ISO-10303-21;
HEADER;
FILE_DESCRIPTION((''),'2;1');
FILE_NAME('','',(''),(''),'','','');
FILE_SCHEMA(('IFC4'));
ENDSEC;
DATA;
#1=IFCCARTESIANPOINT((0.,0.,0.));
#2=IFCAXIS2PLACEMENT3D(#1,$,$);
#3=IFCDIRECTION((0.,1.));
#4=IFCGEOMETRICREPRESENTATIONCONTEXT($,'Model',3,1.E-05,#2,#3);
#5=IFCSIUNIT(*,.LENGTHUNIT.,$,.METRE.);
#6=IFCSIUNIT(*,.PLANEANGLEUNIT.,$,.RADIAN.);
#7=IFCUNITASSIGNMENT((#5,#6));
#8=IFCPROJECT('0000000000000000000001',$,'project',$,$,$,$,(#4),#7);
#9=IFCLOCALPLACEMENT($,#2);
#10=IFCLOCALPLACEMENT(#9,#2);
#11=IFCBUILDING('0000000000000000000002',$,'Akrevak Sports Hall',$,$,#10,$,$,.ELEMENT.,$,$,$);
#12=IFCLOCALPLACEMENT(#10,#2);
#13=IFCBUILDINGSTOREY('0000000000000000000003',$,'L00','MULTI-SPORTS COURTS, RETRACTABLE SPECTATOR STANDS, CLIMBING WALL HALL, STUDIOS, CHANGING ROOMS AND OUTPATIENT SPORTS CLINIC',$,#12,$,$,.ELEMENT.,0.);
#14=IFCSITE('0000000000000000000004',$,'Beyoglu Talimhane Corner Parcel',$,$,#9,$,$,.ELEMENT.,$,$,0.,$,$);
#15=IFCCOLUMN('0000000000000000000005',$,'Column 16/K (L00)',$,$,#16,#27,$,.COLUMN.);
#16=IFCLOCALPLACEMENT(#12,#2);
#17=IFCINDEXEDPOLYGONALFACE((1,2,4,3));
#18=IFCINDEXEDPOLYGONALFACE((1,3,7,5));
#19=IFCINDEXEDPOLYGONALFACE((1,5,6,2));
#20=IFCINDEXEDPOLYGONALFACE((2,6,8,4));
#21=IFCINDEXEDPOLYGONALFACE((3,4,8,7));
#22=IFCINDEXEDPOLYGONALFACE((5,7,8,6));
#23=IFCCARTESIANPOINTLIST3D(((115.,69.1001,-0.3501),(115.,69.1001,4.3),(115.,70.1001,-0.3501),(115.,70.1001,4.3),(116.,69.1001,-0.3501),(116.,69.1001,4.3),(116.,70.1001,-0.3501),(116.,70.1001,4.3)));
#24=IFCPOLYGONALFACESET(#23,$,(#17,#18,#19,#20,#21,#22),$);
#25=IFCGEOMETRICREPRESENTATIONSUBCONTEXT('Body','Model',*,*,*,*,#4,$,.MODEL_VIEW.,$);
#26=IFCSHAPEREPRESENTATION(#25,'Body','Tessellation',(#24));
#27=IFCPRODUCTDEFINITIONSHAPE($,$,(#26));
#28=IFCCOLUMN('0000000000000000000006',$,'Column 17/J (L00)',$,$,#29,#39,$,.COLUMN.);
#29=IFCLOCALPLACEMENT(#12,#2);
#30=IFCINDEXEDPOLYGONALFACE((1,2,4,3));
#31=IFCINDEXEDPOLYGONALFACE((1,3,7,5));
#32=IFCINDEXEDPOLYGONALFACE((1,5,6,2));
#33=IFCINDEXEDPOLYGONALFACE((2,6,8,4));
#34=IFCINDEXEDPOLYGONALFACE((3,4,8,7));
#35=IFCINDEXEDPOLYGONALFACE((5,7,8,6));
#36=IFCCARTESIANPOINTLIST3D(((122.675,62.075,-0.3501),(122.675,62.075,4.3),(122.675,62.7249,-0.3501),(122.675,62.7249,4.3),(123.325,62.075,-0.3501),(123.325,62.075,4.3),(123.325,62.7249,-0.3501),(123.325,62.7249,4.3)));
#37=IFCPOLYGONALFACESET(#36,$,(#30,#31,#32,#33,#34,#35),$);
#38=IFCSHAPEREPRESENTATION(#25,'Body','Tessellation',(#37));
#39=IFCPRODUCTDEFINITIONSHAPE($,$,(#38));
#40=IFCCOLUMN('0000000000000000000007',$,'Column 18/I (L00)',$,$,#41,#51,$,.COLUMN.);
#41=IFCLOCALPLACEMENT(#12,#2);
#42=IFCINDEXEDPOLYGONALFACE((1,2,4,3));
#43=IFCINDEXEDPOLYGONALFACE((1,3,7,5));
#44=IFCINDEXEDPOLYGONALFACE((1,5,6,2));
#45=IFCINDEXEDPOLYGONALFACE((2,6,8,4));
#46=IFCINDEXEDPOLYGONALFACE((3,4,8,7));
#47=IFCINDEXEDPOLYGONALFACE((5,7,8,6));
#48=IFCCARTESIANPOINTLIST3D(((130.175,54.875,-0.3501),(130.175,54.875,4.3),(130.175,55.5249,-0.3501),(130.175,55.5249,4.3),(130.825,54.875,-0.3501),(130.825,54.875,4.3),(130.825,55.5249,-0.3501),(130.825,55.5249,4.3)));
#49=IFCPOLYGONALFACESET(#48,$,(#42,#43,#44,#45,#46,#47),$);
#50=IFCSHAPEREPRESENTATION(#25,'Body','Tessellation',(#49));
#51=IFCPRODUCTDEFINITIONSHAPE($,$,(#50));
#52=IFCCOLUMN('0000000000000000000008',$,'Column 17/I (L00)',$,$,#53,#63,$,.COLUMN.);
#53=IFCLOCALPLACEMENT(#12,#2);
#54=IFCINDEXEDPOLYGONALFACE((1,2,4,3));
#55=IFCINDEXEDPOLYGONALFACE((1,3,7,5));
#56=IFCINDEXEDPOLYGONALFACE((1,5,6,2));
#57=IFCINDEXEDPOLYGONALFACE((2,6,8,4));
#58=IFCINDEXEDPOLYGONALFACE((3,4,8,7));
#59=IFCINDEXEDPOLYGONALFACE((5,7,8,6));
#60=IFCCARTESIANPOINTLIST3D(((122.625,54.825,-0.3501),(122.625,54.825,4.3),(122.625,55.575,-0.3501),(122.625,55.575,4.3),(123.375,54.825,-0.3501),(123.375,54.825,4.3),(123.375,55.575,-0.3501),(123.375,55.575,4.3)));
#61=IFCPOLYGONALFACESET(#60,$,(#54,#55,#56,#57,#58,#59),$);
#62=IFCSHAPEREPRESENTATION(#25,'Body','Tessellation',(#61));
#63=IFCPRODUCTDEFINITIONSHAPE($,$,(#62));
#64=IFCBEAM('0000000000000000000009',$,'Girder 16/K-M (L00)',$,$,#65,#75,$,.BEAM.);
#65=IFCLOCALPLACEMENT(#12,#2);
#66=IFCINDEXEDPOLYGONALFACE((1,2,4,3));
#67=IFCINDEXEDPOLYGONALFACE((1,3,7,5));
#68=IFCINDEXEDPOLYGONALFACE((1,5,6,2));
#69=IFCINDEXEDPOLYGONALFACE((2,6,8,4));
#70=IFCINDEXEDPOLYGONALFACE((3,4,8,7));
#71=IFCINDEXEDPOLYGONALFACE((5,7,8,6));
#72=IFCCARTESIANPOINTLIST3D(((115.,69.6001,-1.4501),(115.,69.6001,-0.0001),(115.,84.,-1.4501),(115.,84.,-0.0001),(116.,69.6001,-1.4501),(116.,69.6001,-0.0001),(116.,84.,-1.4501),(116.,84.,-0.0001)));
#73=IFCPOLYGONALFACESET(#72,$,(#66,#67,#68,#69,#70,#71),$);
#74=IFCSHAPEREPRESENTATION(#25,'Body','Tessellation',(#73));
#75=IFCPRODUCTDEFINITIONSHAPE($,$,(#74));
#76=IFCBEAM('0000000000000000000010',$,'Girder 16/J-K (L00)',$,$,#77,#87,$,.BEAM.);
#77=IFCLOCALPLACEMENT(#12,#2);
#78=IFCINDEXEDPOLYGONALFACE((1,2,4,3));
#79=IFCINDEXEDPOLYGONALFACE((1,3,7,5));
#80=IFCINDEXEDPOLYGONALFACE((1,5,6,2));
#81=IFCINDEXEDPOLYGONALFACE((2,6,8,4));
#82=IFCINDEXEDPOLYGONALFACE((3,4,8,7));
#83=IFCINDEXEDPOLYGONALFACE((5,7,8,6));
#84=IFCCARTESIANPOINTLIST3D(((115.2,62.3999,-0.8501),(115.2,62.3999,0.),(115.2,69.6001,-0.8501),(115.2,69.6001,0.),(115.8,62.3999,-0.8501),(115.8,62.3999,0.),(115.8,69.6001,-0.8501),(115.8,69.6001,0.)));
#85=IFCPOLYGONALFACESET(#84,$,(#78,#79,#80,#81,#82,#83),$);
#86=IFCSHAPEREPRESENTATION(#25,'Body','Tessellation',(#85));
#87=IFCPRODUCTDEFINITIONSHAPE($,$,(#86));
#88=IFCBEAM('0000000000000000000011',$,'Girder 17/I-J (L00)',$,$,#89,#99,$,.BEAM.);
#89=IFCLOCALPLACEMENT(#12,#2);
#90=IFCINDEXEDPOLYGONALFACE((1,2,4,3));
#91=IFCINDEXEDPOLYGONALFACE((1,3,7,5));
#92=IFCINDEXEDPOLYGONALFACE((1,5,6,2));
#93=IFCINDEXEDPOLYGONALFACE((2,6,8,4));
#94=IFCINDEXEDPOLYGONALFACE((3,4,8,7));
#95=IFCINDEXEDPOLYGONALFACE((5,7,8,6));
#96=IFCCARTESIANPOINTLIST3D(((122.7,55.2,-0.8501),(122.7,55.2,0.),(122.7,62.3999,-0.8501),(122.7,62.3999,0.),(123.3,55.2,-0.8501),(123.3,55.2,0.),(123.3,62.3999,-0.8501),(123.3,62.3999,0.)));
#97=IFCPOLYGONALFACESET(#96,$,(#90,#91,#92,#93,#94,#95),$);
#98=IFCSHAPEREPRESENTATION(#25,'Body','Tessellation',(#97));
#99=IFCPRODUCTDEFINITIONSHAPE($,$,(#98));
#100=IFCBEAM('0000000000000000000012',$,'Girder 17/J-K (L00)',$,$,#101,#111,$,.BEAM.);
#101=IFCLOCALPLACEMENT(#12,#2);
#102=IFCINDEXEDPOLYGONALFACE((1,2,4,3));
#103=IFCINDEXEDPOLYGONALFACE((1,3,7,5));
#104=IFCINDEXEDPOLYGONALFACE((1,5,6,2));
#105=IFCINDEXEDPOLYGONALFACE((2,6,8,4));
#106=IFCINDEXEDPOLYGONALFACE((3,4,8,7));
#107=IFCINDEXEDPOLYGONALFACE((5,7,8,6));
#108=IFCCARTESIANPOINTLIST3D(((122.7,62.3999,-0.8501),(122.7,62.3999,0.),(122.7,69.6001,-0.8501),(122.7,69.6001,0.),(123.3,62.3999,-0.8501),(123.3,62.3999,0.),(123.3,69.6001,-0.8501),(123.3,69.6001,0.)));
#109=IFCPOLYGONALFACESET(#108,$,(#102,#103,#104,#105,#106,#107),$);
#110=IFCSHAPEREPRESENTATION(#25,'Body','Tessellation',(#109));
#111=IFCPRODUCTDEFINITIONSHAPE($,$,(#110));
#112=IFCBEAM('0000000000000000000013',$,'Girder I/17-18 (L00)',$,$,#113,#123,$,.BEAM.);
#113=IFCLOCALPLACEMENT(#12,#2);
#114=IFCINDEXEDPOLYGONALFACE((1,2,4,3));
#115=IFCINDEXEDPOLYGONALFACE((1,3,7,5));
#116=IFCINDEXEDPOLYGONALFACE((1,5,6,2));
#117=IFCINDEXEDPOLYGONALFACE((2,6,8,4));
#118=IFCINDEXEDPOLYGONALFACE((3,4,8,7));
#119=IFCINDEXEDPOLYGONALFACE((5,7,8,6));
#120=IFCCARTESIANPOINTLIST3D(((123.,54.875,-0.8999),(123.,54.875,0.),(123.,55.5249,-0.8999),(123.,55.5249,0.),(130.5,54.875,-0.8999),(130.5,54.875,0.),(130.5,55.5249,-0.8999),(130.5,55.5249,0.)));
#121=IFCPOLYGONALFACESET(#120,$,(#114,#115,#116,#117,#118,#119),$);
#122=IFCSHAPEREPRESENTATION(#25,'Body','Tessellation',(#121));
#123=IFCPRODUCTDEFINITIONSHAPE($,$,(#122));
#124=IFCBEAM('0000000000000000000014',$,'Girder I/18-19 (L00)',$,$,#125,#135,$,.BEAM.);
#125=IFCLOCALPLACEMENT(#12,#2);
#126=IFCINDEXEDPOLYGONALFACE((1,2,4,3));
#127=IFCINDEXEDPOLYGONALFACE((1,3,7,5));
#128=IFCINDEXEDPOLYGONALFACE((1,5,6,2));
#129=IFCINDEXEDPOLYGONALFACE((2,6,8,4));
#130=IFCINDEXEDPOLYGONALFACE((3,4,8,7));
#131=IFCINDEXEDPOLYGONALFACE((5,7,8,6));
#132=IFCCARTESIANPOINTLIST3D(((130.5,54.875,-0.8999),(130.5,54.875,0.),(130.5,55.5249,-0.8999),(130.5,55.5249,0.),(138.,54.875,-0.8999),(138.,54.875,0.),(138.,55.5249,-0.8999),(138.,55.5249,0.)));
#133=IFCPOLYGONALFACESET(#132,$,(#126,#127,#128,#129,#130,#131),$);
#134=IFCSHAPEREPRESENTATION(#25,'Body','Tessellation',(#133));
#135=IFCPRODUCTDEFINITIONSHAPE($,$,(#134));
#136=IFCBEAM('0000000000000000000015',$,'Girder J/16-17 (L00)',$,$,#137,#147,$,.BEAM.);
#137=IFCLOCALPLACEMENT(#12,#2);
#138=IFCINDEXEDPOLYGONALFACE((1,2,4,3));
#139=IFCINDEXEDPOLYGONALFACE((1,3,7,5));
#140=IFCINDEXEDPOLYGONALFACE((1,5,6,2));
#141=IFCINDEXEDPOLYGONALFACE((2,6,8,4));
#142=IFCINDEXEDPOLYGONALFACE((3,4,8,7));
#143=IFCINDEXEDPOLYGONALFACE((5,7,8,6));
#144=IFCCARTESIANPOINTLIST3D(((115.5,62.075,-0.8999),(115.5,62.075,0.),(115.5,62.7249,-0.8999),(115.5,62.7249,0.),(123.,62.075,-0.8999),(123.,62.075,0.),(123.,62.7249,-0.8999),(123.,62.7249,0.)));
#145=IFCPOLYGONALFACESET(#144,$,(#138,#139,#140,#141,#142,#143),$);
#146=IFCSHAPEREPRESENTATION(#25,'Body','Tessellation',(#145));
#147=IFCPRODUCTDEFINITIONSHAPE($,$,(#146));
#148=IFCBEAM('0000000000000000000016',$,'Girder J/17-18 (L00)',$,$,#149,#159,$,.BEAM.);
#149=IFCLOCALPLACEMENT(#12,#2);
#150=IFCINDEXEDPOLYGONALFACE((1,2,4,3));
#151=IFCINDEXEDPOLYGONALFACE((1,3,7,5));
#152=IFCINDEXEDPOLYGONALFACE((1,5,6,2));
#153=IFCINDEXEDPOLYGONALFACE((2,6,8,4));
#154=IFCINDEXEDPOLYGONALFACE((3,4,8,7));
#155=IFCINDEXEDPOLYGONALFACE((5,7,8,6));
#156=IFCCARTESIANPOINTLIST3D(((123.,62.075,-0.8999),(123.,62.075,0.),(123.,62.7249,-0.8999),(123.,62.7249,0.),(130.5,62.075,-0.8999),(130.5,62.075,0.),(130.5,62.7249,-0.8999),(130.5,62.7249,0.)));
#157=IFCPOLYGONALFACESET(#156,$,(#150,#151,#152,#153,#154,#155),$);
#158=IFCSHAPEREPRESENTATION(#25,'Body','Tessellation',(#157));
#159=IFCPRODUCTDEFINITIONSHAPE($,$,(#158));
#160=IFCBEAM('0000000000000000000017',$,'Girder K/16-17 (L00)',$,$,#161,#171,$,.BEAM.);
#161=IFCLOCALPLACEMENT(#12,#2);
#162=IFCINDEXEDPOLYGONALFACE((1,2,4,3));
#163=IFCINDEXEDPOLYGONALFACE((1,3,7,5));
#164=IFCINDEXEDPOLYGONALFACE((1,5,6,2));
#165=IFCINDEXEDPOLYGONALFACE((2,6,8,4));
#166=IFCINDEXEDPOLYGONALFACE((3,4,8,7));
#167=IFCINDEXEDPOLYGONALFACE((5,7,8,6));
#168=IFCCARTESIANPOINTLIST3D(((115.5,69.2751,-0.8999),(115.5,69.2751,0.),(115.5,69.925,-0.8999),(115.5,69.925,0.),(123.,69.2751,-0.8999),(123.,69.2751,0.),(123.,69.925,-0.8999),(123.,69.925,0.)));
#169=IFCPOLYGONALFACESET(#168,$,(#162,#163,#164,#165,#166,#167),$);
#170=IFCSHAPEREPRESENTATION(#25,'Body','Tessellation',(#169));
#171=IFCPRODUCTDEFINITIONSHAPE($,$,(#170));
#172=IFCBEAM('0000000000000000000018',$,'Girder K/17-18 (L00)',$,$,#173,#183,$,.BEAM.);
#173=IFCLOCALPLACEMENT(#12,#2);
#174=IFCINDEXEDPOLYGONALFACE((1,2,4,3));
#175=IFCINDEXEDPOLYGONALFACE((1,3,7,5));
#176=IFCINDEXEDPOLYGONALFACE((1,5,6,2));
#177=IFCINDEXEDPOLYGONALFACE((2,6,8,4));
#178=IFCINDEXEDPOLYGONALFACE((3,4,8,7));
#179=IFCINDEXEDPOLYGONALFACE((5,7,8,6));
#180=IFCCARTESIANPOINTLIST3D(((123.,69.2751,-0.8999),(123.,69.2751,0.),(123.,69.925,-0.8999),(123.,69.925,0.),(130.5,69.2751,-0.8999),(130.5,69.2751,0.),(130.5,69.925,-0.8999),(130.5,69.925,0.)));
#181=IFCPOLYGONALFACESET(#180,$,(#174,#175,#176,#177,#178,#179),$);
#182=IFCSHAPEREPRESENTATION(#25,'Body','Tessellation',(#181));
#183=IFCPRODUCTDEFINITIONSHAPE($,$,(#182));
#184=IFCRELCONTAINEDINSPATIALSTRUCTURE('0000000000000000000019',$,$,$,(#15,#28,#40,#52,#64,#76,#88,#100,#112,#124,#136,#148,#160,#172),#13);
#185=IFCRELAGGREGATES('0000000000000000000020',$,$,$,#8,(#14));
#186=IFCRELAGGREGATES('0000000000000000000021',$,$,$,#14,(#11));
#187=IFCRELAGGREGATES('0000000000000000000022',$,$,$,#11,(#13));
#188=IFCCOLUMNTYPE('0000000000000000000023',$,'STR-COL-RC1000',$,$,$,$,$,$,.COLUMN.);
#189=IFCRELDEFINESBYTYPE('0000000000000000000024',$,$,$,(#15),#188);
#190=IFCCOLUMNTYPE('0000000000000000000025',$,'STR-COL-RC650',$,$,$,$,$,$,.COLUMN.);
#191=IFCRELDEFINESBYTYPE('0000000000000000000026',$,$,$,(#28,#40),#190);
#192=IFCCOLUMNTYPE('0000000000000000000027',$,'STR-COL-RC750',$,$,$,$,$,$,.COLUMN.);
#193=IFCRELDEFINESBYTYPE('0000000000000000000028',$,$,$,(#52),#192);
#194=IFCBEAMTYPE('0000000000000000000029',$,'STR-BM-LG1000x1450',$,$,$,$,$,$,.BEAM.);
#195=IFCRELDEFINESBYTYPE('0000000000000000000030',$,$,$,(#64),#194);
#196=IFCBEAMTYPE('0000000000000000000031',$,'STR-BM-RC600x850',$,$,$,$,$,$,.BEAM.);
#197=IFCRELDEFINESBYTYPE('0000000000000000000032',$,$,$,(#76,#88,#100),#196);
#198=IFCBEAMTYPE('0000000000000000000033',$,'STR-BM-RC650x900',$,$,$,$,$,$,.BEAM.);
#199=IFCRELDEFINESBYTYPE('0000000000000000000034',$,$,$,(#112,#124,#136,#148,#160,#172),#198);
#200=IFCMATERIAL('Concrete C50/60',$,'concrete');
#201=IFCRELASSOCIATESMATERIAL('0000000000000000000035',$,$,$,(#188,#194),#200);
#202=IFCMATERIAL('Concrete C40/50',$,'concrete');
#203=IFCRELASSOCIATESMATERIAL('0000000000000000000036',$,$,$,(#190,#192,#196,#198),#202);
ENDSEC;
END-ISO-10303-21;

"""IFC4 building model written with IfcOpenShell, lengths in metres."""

from ifc_helpers import new_model, si_unit, direction, frame, origin, origin_2d, place, context, subcontext, project, spatial, rectangle, extrude, material, material_profile, profile_set, type_object, element, save


model = new_model("IFC4")

# Units and contexts
model_context = context("Model", 3, precision=1e-05, world=origin(), true_north=direction((0.0, 1.0)))
body_context = subcontext(model_context, "Body", "Model", "MODEL_VIEW")
ifc_project = project(units=[si_unit("LENGTHUNIT", "METRE"), si_unit("PLANEANGLEUNIT", "RADIAN")], contexts=[model_context])

# Site, building, storey
site_placement = place(None, origin())
site = spatial("IfcSite", under=ifc_project, at=site_placement, Name="Beyoglu Talimhane Corner Parcel", CompositionType="ELEMENT", RefElevation=0.0)
building_placement = place(site_placement, origin())
building = spatial("IfcBuilding", under=site, at=building_placement, Name="Akrevak Sports Hall", CompositionType="ELEMENT")
storey_placement = place(building_placement, origin())
storey = spatial("IfcBuildingStorey", under=building, at=storey_placement, Name="L00", Description="MULTI-SPORTS COURTS, RETRACTABLE SPECTATOR STANDS, CLIMBING WALL HALL, STUDIOS, CHANGING ROOMS AND OUTPATIENT SPORTS CLINIC", CompositionType="ELEMENT", Elevation=0.0)

# Columns
ifc_material_1 = material(Name="Concrete C50/60", Category="concrete")
ifc_material_profile_1 = material_profile(ifc_material_1, rectangle(XDim=1.0, YDim=1.0, at=origin_2d()), Name="RC 1000x1000", Category="concrete")
ifc_profile_set_1 = profile_set([ifc_material_profile_1], Name="Concrete C50/60")
column_type_1 = type_object("IfcColumnType", Name="STR-COL-RC1000", PredefinedType="COLUMN", material=ifc_profile_set_1)
column_1_placement = place(storey_placement, frame((115.5, 69.6001, -0.3501), z_axis=(0.0, 0.0, 1.0), x_axis=(1.0, 0.0, 0.0)))
element("IfcColumn", 1, at=column_1_placement, inside=storey, type_object=column_type_1, Name="Column 16/K (L00)", PredefinedType="COLUMN", context=body_context, shape_type="SweptSolid", body=[
    extrude(rectangle(XDim=1.0, YDim=1.0, at=origin_2d()), origin(), (0.0, 0.0, 1.0), 4.6501),
])
ifc_material_2 = material(Name="Concrete C40/50", Category="concrete")
ifc_material_profile_2 = material_profile(ifc_material_2, rectangle(XDim=0.6499, YDim=0.6499, at=origin_2d()), Name="RC 650x650", Category="concrete")
ifc_profile_set_2 = profile_set([ifc_material_profile_2], Name="Concrete C40/50")
column_type_2 = type_object("IfcColumnType", Name="STR-COL-RC650", PredefinedType="COLUMN", material=ifc_profile_set_2)
for number, where, z_axis, x_axis, name in (
    (2, (123.0, 62.3999, -0.3501), (0.0, 0.0, 1.0), (1.0, 0.0, 0.0), "Column 17/J (L00)"),
    (3, (130.5, 55.2, -0.3501), (0.0, 0.0, 1.0), (1.0, 0.0, 0.0), "Column 18/I (L00)"),
):
    element("IfcColumn", number, at=place(storey_placement, frame(where, z_axis=z_axis, x_axis=x_axis)), inside=storey, type_object=column_type_2, Name=name, PredefinedType="COLUMN", context=body_context, shape_type="SweptSolid", body=[
        extrude(rectangle(XDim=0.6499, YDim=0.6499, at=origin_2d()), origin(), (0.0, 0.0, 1.0), 4.6501),
    ])
ifc_material_profile_3 = material_profile(ifc_material_2, rectangle(XDim=0.75, YDim=0.75, at=origin_2d()), Name="RC 750x750", Category="concrete")
ifc_profile_set_3 = profile_set([ifc_material_profile_3], Name="Concrete C40/50")
column_type_3 = type_object("IfcColumnType", Name="STR-COL-RC750", PredefinedType="COLUMN", material=ifc_profile_set_3)
column_2_placement = place(storey_placement, frame((123.0, 55.2, -0.3501), z_axis=(0.0, 0.0, 1.0), x_axis=(1.0, 0.0, 0.0)))
element("IfcColumn", 4, at=column_2_placement, inside=storey, type_object=column_type_3, Name="Column 17/I (L00)", PredefinedType="COLUMN", context=body_context, shape_type="SweptSolid", body=[
    extrude(rectangle(XDim=0.75, YDim=0.75, at=origin_2d()), origin(), (0.0, 0.0, 1.0), 4.6501),
])

# Beams
ifc_material_profile_4 = material_profile(ifc_material_1, rectangle(XDim=1.0, YDim=1.45, at=origin_2d()), Name="BM 1000x1450", Category="concrete")
ifc_profile_set_4 = profile_set([ifc_material_profile_4], Name="Concrete C50/60")
beam_type_1 = type_object("IfcBeamType", Name="STR-BM-LG1000x1450", PredefinedType="BEAM", material=ifc_profile_set_4)
beam_1_placement = place(storey_placement, frame((115.5, 69.6001, -0.7251), z_axis=(0.0, 1.0, 0.0), x_axis=(-1.0, 0.0, 0.0)))
element("IfcBeam", 5, at=beam_1_placement, inside=storey, type_object=beam_type_1, Name="Girder 16/K-M (L00)", PredefinedType="BEAM", context=body_context, shape_type="SweptSolid", body=[
    extrude(rectangle(XDim=1.0, YDim=1.45, at=origin_2d()), origin(), (0.0, 0.0, 1.0), 14.3999),
])
ifc_material_profile_5 = material_profile(ifc_material_2, rectangle(XDim=0.6001, YDim=0.8501, at=origin_2d()), Name="BM 600x850", Category="concrete")
ifc_profile_set_5 = profile_set([ifc_material_profile_5], Name="Concrete C40/50")
beam_type_2 = type_object("IfcBeamType", Name="STR-BM-RC600x850", PredefinedType="BEAM", material=ifc_profile_set_5)
beam_2_placement = place(storey_placement, frame((115.5, 62.3999, -0.425), z_axis=(0.0, 1.0, 0.0), x_axis=(-1.0, 0.0, 0.0)))
element("IfcBeam", 6, at=beam_2_placement, inside=storey, type_object=beam_type_2, Name="Girder 16/J-K (L00)", PredefinedType="BEAM", context=body_context, shape_type="SweptSolid", body=[
    extrude(rectangle(XDim=0.6001, YDim=0.8501, at=origin_2d()), origin(), (0.0, 0.0, 1.0), 7.2002),
])
beam_3_placement = place(storey_placement, frame((123.0, 55.2, -0.425), z_axis=(0.0, 1.0, 0.0), x_axis=(-1.0, 0.0, 0.0)))
element("IfcBeam", 7, at=beam_3_placement, inside=storey, type_object=beam_type_2, Name="Girder 17/I-J (L00)", PredefinedType="BEAM", context=body_context, shape_type="SweptSolid", body=[
    extrude(rectangle(XDim=0.6001, YDim=0.8501, at=origin_2d()), origin(), (0.0, 0.0, 1.0), 7.2),
])
beam_4_placement = place(storey_placement, frame((123.0, 62.3999, -0.425), z_axis=(0.0, 1.0, 0.0), x_axis=(-1.0, 0.0, 0.0)))
element("IfcBeam", 8, at=beam_4_placement, inside=storey, type_object=beam_type_2, Name="Girder 17/J-K (L00)", PredefinedType="BEAM", context=body_context, shape_type="SweptSolid", body=[
    extrude(rectangle(XDim=0.6001, YDim=0.8501, at=origin_2d()), origin(), (0.0, 0.0, 1.0), 7.2002),
])
ifc_material_profile_6 = material_profile(ifc_material_2, rectangle(XDim=0.6499, YDim=0.8999, at=origin_2d()), Name="BM 650x900", Category="concrete")
ifc_profile_set_6 = profile_set([ifc_material_profile_6], Name="Concrete C40/50")
beam_type_3 = type_object("IfcBeamType", Name="STR-BM-RC650x900", PredefinedType="BEAM", material=ifc_profile_set_6)
for number, where, z_axis, x_axis, name in (
    (9, (123.0, 55.2, -0.45), (1.0, 0.0, 0.0), (0.0, 1.0, 0.0), "Girder I/17-18 (L00)"),
    (10, (130.5, 55.2, -0.45), (1.0, 0.0, 0.0), (0.0, 1.0, 0.0), "Girder I/18-19 (L00)"),
    (11, (115.5, 62.3999, -0.45), (1.0, 0.0, 0.0), (0.0, 1.0, 0.0), "Girder J/16-17 (L00)"),
    (12, (123.0, 62.3999, -0.45), (1.0, 0.0, 0.0), (0.0, 1.0, 0.0), "Girder J/17-18 (L00)"),
    (13, (115.5, 69.6001, -0.45), (1.0, 0.0, 0.0), (0.0, 1.0, 0.0), "Girder K/16-17 (L00)"),
    (14, (123.0, 69.6001, -0.45), (1.0, 0.0, 0.0), (0.0, 1.0, 0.0), "Girder K/17-18 (L00)"),
):
    element("IfcBeam", number, at=place(storey_placement, frame(where, z_axis=z_axis, x_axis=x_axis)), inside=storey, type_object=beam_type_3, Name=name, PredefinedType="BEAM", context=body_context, shape_type="SweptSolid", body=[
        extrude(rectangle(XDim=0.6499, YDim=0.8999, at=origin_2d()), origin(), (0.0, 0.0, 1.0), 7.5),
    ])

save(model, "model.ifc")
